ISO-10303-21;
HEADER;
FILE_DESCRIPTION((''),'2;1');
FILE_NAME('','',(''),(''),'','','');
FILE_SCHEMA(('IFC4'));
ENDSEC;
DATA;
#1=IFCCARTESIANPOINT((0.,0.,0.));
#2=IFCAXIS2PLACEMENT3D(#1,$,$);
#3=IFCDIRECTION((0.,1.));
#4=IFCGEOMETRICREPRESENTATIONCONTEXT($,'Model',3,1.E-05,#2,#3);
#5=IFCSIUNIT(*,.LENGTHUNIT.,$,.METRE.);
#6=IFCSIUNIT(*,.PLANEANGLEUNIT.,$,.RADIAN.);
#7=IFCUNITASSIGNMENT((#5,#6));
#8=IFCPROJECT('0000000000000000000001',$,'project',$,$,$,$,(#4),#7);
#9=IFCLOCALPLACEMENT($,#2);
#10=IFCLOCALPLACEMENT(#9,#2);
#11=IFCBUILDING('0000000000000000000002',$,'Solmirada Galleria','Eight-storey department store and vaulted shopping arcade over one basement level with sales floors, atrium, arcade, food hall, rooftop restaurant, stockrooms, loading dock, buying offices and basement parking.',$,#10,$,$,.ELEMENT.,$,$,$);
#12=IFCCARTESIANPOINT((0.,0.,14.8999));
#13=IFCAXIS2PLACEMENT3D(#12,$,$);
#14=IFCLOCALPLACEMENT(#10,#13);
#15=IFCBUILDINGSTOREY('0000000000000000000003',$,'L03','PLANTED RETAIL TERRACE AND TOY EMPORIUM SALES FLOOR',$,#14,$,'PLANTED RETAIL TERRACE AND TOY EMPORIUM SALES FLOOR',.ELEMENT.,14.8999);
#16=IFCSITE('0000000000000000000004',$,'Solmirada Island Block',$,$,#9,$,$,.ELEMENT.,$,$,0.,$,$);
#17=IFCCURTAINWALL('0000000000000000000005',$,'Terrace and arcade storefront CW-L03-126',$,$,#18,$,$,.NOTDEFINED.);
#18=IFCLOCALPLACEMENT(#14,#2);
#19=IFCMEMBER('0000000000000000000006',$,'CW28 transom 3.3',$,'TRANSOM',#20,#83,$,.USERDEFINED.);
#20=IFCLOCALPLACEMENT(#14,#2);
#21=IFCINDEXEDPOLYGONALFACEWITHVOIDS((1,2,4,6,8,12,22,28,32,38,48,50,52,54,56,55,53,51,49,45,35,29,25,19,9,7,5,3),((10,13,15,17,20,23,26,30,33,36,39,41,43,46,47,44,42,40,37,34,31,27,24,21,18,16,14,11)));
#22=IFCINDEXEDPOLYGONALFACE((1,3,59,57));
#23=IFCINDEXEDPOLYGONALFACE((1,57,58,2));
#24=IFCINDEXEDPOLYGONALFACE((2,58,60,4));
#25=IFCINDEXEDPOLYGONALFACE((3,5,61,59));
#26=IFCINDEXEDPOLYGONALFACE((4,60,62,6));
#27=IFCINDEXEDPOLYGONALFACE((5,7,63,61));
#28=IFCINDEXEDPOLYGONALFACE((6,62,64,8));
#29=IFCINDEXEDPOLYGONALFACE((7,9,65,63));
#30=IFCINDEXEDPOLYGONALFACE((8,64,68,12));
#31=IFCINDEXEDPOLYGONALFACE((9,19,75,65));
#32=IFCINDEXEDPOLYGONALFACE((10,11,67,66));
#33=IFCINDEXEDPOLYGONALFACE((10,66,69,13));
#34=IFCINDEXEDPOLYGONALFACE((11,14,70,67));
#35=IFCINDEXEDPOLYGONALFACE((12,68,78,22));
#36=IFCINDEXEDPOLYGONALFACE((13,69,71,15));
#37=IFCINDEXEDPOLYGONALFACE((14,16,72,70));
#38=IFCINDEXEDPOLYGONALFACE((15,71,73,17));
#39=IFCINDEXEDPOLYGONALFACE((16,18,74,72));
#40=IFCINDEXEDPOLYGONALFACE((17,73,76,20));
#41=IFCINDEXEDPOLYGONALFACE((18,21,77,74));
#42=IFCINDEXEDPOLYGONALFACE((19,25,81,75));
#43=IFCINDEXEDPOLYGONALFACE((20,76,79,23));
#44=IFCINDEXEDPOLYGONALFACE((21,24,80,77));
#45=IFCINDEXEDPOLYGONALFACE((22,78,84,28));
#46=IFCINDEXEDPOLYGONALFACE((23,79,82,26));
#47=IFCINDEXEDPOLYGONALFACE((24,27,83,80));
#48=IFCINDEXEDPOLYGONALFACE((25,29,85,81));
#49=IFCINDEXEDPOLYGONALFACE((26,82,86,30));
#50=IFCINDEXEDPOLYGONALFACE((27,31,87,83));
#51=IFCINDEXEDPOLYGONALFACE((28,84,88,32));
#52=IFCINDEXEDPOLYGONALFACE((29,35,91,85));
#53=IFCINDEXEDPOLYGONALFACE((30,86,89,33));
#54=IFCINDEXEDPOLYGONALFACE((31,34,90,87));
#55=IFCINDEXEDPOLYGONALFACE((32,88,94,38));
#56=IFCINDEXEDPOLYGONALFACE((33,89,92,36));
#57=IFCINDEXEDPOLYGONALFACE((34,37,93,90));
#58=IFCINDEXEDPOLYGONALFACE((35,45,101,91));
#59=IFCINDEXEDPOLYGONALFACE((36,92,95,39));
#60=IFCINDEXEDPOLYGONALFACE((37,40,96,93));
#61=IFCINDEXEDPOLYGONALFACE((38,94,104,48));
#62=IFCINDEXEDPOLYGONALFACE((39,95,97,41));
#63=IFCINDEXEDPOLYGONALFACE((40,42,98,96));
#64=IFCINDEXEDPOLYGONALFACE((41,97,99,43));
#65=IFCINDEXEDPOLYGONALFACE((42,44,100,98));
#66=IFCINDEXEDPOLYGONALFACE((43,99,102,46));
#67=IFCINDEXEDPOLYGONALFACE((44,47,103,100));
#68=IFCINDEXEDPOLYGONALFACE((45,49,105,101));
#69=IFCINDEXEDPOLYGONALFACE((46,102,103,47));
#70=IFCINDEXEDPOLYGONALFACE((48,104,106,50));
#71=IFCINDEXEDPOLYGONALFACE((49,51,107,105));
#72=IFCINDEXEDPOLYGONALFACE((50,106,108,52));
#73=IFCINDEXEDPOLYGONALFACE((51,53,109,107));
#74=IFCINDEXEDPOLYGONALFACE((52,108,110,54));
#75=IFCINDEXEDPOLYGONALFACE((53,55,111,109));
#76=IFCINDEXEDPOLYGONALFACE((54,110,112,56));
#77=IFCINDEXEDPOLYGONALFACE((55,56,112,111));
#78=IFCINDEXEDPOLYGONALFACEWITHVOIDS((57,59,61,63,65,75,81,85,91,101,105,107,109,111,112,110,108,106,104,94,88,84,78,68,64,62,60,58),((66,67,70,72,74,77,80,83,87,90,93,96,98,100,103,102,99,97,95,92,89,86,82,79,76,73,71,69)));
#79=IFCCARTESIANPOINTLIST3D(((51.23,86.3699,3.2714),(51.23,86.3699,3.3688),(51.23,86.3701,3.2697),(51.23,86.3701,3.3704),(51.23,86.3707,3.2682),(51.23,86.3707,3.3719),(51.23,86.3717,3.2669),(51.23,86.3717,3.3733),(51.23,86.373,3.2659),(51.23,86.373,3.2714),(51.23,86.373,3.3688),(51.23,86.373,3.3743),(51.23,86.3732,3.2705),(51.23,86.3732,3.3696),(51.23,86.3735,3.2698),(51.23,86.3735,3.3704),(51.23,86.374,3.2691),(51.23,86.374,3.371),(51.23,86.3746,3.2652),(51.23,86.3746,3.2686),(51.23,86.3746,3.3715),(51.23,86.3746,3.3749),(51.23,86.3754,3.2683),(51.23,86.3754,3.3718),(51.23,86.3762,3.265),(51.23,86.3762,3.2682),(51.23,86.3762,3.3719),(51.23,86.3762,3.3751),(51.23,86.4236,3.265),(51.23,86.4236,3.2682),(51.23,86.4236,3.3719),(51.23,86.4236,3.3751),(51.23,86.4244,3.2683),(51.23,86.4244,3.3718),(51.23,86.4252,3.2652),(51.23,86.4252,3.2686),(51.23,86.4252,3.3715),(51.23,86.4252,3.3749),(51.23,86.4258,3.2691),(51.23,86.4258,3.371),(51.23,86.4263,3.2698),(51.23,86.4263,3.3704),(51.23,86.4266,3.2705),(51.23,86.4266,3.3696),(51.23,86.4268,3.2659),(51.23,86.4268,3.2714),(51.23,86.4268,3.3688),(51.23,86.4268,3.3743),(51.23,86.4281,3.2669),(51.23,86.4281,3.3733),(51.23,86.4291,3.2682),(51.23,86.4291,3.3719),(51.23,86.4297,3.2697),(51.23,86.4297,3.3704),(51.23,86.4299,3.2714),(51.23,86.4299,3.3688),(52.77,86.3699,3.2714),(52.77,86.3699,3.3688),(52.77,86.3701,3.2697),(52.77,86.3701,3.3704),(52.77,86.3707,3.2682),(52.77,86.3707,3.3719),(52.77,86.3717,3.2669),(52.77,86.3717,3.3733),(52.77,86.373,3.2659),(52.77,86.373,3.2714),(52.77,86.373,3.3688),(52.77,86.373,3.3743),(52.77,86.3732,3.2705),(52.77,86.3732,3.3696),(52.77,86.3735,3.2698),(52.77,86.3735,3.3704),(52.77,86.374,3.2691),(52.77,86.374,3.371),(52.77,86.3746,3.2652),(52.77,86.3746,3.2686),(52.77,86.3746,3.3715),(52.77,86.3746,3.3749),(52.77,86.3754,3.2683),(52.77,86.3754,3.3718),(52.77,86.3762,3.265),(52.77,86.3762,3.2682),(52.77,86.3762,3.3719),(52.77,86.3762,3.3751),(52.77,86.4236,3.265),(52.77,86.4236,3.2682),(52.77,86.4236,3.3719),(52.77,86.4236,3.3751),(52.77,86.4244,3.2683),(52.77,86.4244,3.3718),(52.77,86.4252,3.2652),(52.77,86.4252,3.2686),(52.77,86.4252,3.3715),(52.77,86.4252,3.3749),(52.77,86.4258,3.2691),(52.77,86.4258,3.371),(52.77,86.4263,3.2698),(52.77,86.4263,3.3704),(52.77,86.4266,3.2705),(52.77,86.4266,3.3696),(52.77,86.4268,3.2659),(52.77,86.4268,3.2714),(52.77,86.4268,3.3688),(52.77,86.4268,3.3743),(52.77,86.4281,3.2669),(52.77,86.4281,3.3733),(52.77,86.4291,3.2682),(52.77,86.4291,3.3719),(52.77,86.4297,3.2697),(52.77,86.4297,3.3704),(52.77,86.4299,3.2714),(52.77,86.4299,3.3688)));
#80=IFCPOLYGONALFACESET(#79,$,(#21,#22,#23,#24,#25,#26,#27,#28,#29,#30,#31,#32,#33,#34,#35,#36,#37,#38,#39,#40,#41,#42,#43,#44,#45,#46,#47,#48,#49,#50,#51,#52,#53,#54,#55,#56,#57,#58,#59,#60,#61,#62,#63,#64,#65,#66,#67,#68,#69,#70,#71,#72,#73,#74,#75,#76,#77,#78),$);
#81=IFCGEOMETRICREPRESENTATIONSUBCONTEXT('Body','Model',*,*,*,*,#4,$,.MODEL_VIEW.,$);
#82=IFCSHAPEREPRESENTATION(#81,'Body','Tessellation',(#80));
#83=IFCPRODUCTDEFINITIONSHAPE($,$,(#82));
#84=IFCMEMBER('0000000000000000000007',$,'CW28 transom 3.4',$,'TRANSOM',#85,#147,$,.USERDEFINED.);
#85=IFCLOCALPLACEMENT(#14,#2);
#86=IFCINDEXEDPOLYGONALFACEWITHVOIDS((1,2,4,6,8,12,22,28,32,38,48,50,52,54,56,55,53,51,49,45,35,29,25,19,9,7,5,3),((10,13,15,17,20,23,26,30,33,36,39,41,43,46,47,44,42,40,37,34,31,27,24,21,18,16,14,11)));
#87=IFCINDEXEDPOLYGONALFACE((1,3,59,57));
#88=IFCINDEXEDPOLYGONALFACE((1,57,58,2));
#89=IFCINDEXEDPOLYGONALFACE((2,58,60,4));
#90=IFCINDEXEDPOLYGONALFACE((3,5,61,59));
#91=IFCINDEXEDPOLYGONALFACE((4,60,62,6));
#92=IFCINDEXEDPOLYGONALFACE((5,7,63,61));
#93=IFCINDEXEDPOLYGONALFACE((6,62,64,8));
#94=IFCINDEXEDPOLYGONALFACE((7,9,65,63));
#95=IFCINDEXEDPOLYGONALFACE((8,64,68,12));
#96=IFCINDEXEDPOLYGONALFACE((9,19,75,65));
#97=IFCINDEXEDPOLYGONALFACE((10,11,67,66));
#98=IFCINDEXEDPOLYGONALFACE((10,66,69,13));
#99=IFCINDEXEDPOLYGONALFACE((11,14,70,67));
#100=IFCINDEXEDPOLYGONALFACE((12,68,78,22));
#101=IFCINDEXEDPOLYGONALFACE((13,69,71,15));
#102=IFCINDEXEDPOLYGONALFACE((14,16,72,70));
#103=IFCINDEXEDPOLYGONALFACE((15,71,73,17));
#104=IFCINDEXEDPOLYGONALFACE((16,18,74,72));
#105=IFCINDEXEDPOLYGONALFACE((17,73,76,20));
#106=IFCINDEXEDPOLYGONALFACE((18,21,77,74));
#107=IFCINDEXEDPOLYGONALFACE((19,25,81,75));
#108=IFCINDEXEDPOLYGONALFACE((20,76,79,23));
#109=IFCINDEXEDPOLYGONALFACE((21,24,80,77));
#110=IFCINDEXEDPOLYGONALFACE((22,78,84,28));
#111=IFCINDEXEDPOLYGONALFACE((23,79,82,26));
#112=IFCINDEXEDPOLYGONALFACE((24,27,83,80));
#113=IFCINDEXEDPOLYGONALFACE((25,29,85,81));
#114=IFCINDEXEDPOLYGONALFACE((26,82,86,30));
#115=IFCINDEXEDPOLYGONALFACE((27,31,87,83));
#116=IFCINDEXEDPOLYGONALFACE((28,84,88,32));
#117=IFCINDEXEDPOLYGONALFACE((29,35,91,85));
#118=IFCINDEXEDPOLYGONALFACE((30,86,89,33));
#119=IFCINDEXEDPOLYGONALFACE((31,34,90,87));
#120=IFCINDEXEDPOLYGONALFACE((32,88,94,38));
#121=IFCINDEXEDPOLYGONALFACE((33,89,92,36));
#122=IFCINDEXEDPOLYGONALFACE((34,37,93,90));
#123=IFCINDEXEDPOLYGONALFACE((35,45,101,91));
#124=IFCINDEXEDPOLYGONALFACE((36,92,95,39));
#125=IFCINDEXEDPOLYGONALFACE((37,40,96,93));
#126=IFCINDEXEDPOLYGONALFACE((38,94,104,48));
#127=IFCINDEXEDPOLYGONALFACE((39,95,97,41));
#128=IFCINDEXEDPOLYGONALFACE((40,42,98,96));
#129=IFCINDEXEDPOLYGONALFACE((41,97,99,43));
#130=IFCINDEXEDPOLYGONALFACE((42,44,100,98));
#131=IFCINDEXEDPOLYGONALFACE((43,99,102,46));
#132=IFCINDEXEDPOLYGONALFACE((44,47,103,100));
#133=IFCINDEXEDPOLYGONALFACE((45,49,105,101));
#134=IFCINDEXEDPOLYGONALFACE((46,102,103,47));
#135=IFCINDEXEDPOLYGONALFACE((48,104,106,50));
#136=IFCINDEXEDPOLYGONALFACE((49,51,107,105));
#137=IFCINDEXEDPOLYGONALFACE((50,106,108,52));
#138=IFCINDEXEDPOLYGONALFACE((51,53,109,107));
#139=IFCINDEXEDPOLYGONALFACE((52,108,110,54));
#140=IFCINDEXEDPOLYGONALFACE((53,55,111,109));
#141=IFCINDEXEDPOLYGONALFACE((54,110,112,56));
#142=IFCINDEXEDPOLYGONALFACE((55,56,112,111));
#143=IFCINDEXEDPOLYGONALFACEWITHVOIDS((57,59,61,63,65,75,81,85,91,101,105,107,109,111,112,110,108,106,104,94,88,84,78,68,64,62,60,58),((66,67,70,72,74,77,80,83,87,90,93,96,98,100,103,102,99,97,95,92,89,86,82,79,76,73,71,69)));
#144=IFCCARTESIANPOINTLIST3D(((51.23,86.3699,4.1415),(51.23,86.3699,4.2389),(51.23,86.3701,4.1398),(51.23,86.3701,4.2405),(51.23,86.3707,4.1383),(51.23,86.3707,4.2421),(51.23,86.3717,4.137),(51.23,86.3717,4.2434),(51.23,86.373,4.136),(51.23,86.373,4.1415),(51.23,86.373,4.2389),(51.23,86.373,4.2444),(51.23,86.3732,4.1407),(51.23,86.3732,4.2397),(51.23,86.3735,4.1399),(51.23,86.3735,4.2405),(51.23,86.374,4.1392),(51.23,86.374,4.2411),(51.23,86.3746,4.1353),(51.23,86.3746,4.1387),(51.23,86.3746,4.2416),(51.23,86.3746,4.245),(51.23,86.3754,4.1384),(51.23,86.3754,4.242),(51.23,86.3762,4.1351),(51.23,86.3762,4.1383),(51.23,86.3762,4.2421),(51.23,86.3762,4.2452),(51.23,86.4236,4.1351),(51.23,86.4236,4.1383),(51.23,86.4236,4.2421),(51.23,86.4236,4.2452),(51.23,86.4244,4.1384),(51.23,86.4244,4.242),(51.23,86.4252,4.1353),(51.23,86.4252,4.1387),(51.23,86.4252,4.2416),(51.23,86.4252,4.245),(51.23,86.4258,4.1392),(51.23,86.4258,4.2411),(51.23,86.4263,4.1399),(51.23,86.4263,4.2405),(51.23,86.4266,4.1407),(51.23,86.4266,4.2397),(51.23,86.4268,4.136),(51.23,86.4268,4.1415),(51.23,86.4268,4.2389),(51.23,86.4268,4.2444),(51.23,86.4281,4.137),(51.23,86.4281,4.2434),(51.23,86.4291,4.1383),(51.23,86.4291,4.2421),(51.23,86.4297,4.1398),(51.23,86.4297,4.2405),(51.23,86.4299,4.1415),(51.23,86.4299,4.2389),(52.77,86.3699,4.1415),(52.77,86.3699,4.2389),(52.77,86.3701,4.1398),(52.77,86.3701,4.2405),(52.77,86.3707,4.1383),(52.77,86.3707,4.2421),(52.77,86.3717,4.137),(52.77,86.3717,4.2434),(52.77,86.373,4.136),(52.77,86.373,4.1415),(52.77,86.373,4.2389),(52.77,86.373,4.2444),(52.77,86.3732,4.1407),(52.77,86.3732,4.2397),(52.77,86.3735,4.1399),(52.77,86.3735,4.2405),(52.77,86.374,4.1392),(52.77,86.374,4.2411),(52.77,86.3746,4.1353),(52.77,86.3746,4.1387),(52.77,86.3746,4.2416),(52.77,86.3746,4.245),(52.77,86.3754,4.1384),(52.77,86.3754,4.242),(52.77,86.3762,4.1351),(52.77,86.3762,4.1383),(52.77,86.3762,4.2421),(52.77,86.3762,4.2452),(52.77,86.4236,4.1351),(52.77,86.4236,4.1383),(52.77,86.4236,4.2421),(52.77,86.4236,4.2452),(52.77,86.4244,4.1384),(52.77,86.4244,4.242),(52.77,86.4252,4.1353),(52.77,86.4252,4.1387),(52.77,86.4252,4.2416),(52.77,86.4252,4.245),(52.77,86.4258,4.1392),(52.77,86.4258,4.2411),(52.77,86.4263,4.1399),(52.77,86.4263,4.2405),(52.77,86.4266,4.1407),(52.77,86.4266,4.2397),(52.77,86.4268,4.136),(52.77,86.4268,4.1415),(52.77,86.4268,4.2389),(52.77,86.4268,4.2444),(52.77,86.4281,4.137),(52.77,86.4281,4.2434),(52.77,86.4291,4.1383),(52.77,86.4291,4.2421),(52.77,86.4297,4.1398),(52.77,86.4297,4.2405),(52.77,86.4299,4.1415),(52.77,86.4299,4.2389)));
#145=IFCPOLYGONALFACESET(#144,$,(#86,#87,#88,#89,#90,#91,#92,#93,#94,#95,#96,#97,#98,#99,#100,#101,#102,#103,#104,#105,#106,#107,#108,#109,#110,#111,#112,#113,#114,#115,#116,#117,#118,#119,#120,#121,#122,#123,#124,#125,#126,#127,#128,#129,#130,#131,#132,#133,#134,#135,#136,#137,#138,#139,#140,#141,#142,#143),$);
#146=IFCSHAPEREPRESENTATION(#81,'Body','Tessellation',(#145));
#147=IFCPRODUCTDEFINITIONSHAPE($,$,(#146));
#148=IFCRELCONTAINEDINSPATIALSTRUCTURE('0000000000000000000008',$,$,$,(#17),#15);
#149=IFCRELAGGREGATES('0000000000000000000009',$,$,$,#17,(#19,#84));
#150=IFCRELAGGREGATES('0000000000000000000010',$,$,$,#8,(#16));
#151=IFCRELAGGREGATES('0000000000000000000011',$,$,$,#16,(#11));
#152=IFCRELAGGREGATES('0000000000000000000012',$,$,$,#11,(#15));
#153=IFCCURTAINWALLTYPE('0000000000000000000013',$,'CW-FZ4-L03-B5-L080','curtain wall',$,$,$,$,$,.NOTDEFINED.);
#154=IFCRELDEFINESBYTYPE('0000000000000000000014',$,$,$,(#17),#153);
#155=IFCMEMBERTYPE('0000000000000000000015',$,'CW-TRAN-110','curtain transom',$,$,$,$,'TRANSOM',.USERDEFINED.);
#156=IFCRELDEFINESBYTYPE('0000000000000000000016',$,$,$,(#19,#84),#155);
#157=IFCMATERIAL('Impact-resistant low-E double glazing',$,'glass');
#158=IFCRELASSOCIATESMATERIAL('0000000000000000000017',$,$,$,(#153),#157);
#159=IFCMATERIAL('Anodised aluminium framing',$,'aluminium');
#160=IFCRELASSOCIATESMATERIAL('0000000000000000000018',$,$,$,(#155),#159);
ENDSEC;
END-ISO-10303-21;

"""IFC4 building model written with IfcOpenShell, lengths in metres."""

from ifc_helpers import new_model, si_unit, direction, frame, origin, origin_2d, place, context, subcontext, project, spatial, hollow_rectangle, extrude, material, material_profile, profile_set, type_object, element, aggregate, save


model = new_model("IFC4")

# Units and contexts
model_context = context("Model", 3, precision=1e-05, world=origin(), true_north=direction((0.0, 1.0)))
body_context = subcontext(model_context, "Body", "Model", "MODEL_VIEW")
ifc_project = project(units=[si_unit("LENGTHUNIT", "METRE"), si_unit("PLANEANGLEUNIT", "RADIAN")], contexts=[model_context])

# Site, building, storey
site_placement = place(None, origin())
site = spatial("IfcSite", under=ifc_project, at=site_placement, Name="Solmirada Island Block", CompositionType="ELEMENT", RefElevation=0.0)
building_placement = place(site_placement, origin())
building = spatial("IfcBuilding", under=site, at=building_placement, Name="Solmirada Galleria", Description="Eight-storey department store and vaulted shopping arcade over one basement level with sales floors, atrium, arcade, food hall, rooftop restaurant, stockrooms, loading dock, buying offices and basement parking.", CompositionType="ELEMENT")
storey_placement = place(building_placement, frame((0.0, 0.0, 14.8999)))
storey = spatial("IfcBuildingStorey", under=building, at=storey_placement, Name="L03", Description="PLANTED RETAIL TERRACE AND TOY EMPORIUM SALES FLOOR", LongName="PLANTED RETAIL TERRACE AND TOY EMPORIUM SALES FLOOR", CompositionType="ELEMENT", Elevation=14.8999)

# Curtain wall, members
ifc_material_1 = material(Name="Impact-resistant low-E double glazing", Category="glass")
curtain_wall_type = type_object("IfcCurtainWallType", Name="CW-FZ4-L03-B5-L080", Description="curtain wall", PredefinedType="NOTDEFINED", material=ifc_material_1)
curtain_wall_placement = place(storey_placement, origin())
curtain_wall = element("IfcCurtainWall", 1, at=curtain_wall_placement, inside=storey, type_object=curtain_wall_type, Name="Terrace and arcade storefront CW-L03-126", PredefinedType="NOTDEFINED")
ifc_material_2 = material(Name="Anodised aluminium framing", Category="aluminium")
ifc_material_profile_1 = material_profile(ifc_material_2, hollow_rectangle(XDim=0.0601, YDim=0.1101, WallThickness=0.0032, InnerFilletRadius=0.0032, OuterFilletRadius=0.0063, at=origin_2d()), Name="ALU-TRAN-110X60")
ifc_profile_set_1 = profile_set([ifc_material_profile_1], Name="Anodised aluminium framing")
member_type_1 = type_object("IfcMemberType", Name="CW-TRAN-110", Description="curtain transom", ElementType="TRANSOM", PredefinedType="USERDEFINED", material=ifc_profile_set_1)
member_1_placement = place(storey_placement, frame((52.77, 86.3999, 3.3201), z_axis=(-1.0, 0.0, 0.0), x_axis=(0.0, -1.0, 0.0)))
member_1 = element("IfcMember", 2, at=member_1_placement, type_object=member_type_1, Name="CW28 transom 3.3", ObjectType="TRANSOM", PredefinedType="USERDEFINED", context=body_context, shape_type="SweptSolid", body=[
    extrude(hollow_rectangle(XDim=0.0601, YDim=0.1101, WallThickness=0.0032, InnerFilletRadius=0.0032, OuterFilletRadius=0.0063, at=origin_2d()), origin(), (0.0, 0.0, 1.0), 1.54),
])
member_2_placement = place(storey_placement, frame((52.77, 86.3999, 4.1902), z_axis=(-1.0, 0.0, 0.0), x_axis=(0.0, -1.0, 0.0)))
member_2 = element("IfcMember", 3, at=member_2_placement, type_object=member_type_1, Name="CW28 transom 3.4", ObjectType="TRANSOM", PredefinedType="USERDEFINED", context=body_context, shape_type="SweptSolid", body=[
    extrude(hollow_rectangle(XDim=0.0601, YDim=0.1101, WallThickness=0.0032, InnerFilletRadius=0.0032, OuterFilletRadius=0.0063, at=origin_2d()), origin(), (0.0, 0.0, 1.0), 1.54),
])
aggregate(curtain_wall, [member_1, member_2])

save(model, "model.ifc")
